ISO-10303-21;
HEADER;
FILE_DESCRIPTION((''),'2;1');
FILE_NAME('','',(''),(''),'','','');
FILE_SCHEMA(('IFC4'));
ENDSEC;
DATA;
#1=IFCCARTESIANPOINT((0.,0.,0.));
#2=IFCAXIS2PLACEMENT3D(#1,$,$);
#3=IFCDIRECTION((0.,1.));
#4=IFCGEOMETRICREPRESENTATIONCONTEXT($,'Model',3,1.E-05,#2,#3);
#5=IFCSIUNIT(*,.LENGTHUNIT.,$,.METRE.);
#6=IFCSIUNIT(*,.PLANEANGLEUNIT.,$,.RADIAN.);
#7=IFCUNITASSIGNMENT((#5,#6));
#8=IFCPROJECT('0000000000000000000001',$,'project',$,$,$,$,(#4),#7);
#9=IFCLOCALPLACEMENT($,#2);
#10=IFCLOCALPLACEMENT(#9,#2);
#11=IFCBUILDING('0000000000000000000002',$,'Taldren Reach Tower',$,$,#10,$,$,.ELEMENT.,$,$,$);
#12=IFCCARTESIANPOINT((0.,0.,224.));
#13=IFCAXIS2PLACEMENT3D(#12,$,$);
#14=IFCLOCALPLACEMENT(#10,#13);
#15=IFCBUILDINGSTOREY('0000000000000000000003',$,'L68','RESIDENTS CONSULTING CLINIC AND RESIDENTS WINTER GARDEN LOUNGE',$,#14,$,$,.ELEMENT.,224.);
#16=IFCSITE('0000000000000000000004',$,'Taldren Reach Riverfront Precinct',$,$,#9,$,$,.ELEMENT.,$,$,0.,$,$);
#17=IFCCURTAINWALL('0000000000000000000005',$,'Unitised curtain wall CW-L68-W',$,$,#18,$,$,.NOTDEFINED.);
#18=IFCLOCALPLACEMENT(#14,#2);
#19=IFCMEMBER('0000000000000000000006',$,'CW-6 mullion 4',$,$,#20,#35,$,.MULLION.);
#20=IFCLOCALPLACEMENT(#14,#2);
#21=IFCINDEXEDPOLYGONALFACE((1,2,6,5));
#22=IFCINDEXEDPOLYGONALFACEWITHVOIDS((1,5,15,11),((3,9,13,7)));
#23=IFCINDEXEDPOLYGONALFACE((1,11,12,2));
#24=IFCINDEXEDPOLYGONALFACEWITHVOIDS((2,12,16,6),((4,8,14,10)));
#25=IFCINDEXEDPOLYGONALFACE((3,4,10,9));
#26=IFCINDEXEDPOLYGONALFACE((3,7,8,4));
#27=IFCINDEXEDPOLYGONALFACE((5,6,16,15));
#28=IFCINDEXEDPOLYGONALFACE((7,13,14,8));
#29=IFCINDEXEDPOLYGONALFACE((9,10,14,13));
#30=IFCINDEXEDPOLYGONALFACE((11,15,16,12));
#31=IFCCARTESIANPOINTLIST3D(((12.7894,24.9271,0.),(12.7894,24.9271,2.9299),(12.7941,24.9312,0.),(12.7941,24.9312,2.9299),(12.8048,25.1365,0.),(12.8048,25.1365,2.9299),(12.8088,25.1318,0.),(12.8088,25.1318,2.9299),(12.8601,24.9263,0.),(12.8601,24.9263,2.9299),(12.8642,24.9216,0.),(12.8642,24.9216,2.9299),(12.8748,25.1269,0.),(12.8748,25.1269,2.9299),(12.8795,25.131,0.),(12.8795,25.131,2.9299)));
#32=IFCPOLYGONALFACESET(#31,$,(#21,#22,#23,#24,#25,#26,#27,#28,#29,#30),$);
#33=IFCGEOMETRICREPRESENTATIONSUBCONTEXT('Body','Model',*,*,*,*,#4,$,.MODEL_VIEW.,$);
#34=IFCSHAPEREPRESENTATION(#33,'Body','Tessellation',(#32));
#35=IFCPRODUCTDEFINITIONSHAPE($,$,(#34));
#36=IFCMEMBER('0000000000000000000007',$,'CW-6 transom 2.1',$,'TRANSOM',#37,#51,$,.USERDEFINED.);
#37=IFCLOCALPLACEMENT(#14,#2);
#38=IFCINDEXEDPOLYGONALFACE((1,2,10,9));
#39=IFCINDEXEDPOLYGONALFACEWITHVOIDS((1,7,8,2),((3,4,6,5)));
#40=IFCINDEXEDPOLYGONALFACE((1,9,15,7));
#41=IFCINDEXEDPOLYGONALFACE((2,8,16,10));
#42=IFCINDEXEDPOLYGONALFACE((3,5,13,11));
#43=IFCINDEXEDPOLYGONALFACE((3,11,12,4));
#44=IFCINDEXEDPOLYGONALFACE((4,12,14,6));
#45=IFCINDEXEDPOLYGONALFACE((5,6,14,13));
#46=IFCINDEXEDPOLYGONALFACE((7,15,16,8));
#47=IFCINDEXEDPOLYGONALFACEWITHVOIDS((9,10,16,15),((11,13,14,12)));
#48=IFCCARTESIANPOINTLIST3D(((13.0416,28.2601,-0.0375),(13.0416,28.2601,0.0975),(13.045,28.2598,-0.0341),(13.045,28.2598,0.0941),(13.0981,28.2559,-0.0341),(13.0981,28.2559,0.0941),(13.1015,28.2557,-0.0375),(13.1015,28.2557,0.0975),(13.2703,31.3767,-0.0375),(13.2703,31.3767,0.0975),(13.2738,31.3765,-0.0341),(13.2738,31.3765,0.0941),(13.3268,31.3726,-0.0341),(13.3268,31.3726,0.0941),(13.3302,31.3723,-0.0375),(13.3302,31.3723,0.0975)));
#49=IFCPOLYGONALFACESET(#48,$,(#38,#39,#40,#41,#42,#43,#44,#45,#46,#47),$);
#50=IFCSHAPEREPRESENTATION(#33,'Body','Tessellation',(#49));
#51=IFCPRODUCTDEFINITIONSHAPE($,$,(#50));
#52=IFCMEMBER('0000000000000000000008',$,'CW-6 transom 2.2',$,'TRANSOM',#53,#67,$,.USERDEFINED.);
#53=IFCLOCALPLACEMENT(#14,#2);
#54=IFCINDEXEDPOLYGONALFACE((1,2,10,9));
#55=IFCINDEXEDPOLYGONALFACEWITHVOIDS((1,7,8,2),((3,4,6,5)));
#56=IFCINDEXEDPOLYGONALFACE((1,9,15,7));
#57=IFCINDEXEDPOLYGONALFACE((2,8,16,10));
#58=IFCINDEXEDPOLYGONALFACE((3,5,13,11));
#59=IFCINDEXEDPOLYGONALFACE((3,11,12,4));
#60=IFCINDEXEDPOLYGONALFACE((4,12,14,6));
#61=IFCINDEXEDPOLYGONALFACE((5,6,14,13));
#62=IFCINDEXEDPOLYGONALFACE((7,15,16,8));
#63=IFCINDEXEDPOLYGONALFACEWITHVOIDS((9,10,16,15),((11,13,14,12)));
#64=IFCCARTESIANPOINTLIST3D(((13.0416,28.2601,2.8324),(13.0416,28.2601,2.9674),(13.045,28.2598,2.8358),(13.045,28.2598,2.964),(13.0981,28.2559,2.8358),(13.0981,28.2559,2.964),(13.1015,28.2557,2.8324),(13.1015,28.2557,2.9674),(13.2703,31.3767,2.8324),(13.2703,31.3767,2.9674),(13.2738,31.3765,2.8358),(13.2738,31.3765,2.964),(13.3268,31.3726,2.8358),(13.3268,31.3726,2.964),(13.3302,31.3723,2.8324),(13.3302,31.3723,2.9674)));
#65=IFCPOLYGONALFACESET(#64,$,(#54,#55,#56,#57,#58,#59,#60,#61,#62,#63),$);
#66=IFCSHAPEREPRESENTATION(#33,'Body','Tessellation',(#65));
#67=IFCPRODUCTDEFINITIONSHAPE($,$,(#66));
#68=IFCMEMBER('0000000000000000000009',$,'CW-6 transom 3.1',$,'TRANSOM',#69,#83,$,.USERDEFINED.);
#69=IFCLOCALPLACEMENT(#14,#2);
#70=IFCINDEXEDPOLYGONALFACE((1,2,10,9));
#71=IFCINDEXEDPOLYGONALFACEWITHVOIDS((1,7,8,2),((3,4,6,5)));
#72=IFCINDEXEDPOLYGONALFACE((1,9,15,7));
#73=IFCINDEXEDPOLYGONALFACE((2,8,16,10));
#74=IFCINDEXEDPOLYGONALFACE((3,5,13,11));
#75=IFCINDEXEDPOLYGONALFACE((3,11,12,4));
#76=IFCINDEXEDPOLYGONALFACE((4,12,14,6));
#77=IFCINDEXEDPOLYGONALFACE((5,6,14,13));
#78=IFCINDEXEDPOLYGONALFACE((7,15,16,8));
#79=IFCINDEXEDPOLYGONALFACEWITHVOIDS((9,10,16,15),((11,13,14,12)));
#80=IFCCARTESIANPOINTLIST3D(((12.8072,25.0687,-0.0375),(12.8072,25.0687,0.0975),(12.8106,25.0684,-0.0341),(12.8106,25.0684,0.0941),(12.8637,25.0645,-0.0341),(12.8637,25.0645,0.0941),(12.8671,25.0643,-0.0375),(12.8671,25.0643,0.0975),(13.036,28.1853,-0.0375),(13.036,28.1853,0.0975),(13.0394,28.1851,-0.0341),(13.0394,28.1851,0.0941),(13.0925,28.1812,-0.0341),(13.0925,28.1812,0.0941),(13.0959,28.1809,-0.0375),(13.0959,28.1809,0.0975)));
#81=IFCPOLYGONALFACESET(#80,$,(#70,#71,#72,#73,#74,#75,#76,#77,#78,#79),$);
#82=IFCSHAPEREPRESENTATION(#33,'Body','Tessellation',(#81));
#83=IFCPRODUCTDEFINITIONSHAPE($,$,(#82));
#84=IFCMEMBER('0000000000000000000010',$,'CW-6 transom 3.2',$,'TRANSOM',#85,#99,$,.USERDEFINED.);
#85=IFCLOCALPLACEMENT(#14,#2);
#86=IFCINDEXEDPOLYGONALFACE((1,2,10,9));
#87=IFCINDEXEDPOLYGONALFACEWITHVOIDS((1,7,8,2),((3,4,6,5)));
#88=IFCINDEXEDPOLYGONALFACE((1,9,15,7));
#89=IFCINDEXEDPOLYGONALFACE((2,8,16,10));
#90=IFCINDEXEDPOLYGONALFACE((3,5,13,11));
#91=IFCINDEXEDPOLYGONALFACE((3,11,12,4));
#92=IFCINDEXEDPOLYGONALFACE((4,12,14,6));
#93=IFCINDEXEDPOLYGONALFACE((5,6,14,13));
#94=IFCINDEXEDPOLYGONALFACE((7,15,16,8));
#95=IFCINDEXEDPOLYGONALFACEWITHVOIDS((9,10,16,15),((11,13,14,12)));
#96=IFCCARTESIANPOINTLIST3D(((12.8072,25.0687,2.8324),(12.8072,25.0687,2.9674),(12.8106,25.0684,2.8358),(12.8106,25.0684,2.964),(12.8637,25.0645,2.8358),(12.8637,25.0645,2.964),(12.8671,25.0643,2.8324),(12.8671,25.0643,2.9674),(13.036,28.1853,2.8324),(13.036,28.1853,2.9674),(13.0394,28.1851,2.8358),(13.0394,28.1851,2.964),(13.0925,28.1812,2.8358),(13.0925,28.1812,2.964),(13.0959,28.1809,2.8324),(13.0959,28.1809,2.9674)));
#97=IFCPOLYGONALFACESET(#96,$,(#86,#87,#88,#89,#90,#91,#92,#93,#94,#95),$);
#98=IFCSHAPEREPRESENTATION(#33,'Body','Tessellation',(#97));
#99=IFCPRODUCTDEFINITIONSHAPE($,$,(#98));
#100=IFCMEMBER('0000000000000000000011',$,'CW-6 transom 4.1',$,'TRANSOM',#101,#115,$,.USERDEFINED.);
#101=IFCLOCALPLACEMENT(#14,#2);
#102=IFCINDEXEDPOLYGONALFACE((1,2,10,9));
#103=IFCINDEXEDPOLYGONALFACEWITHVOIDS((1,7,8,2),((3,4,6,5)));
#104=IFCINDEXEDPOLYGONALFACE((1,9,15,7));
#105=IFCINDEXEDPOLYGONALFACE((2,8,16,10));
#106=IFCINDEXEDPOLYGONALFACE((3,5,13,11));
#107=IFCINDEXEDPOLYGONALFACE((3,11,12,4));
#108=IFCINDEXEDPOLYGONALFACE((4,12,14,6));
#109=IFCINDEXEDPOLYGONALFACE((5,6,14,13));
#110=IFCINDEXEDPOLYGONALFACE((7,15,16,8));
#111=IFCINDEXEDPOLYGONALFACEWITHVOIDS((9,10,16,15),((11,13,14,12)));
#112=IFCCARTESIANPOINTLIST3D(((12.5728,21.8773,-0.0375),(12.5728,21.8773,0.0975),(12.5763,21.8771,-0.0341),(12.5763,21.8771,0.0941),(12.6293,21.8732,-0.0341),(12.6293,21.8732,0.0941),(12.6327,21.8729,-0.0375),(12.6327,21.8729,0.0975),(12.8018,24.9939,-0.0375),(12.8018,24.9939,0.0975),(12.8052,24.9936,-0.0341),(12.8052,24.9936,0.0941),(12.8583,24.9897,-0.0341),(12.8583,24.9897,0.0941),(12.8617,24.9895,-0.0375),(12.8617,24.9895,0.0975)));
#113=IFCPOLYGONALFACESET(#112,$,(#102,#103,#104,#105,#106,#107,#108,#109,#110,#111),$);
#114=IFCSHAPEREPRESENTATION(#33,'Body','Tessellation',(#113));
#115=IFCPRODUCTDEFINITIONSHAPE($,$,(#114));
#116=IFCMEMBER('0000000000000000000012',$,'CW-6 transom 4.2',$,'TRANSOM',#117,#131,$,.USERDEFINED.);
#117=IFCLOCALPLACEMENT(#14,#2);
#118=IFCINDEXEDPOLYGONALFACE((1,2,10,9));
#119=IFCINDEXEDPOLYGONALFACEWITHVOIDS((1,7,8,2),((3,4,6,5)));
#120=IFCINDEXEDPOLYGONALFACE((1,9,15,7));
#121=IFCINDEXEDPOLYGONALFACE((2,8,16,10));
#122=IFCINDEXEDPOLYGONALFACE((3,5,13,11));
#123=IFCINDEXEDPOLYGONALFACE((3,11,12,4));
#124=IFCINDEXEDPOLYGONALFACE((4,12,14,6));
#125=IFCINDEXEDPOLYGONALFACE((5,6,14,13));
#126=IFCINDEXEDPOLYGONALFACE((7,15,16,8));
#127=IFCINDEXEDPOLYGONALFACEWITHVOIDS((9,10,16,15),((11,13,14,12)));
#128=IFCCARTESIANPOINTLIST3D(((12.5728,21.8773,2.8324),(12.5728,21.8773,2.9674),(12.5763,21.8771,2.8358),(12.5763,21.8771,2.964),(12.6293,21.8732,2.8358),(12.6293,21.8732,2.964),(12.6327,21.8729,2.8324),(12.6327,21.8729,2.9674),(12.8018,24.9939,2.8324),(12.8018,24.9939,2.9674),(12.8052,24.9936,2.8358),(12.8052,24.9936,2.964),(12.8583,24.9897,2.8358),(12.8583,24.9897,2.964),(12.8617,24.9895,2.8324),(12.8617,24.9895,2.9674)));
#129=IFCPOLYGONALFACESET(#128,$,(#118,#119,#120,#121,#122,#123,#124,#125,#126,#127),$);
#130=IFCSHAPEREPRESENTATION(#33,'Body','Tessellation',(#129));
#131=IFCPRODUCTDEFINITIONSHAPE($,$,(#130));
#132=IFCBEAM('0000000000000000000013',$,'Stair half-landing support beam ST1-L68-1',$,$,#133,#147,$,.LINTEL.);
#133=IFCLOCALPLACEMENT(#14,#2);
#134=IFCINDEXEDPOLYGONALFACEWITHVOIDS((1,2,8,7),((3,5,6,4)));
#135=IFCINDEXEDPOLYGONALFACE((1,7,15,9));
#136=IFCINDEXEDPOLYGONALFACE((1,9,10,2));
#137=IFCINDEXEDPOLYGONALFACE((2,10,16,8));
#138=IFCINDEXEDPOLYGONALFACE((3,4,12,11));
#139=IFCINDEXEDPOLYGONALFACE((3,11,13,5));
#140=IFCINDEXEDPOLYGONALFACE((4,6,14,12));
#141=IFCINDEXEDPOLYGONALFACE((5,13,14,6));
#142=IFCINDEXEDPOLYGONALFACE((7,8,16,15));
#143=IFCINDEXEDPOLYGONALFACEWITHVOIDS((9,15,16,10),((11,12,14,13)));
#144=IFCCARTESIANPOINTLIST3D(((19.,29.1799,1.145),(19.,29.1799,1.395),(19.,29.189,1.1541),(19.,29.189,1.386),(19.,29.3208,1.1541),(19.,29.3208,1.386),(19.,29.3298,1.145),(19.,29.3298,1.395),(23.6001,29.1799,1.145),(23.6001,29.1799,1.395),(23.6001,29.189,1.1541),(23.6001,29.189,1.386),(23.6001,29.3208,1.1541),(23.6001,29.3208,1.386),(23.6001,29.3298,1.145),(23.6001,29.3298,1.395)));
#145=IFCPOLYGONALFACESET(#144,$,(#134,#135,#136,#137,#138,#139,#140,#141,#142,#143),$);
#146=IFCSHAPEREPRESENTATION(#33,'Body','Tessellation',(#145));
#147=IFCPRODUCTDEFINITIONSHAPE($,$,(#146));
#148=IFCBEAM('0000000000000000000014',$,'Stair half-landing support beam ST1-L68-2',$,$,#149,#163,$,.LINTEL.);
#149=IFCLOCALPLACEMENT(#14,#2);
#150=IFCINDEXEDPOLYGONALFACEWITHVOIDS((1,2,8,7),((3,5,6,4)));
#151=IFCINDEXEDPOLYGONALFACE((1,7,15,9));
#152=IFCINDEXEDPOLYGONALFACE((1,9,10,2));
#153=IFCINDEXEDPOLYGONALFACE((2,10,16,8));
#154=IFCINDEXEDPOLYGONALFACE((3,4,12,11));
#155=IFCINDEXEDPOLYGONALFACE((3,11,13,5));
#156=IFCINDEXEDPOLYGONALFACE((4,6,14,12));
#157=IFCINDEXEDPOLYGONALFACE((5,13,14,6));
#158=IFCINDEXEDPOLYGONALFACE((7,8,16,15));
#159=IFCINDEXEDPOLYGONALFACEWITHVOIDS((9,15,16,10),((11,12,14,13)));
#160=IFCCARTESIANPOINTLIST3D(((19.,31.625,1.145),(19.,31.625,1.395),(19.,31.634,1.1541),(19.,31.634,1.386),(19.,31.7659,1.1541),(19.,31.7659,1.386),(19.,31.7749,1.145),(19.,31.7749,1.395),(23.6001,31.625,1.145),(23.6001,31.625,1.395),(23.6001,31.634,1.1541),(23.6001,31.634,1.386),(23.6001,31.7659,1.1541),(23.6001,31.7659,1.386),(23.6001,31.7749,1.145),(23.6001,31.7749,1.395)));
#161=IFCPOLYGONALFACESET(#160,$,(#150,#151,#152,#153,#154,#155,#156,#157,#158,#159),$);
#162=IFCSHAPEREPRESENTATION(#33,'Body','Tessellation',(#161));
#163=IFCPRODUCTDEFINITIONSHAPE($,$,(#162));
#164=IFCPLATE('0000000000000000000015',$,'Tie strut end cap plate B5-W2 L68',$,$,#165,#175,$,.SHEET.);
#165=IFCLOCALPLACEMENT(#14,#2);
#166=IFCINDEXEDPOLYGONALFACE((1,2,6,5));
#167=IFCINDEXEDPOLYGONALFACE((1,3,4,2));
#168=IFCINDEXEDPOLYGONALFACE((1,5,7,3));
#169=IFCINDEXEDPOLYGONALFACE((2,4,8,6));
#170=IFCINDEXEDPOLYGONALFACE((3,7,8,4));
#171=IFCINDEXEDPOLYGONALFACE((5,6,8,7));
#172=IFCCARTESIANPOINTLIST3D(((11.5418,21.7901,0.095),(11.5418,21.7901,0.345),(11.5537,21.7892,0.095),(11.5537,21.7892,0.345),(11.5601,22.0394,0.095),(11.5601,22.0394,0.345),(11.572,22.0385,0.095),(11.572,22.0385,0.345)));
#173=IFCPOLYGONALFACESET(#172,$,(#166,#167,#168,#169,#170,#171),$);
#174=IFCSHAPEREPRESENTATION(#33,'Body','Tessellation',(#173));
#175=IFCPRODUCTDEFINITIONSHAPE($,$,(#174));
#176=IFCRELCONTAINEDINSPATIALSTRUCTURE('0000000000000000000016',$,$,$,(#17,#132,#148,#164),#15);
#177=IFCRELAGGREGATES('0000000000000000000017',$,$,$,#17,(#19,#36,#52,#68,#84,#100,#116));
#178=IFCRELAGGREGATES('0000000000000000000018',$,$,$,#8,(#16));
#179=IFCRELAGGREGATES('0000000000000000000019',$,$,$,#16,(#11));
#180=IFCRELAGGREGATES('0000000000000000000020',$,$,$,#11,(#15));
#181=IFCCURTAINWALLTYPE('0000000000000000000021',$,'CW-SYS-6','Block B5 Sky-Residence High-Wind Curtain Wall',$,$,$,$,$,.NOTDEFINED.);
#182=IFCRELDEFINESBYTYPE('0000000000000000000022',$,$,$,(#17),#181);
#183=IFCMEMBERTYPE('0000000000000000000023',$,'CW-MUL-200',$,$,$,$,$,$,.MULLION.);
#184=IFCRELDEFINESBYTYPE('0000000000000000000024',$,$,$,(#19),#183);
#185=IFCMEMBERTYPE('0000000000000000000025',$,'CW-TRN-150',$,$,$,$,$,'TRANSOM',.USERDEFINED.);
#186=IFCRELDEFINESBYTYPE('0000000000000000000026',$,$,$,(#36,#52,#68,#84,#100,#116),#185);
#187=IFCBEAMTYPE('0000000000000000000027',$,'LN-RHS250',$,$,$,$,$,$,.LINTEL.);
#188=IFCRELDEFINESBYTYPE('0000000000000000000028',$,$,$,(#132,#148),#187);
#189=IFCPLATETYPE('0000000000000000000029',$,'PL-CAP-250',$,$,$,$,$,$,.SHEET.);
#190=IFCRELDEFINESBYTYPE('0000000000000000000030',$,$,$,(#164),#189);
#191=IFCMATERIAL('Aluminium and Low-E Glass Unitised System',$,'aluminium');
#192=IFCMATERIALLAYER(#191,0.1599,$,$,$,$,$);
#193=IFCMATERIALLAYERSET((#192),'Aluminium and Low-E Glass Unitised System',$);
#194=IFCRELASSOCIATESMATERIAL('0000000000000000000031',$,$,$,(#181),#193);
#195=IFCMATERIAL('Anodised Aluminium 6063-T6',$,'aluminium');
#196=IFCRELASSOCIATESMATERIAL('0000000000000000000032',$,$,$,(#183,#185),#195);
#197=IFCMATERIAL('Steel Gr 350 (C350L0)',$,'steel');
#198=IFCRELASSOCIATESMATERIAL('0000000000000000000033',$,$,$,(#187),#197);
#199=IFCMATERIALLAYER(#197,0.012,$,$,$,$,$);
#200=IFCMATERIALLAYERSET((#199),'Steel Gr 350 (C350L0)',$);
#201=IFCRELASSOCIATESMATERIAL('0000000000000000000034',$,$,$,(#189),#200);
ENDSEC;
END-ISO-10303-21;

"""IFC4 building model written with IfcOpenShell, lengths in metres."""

from ifc_helpers import new_model, si_unit, direction, frame, origin, origin_2d, place, context, subcontext, project, spatial, rectangle, hollow_rectangle, extrude, source, transform, mapped, material, layer, layer_set, material_profile, profile_set, type_object, element, aggregate, save


model = new_model("IFC4")

# Units and contexts
model_context = context("Model", 3, precision=1e-05, world=origin(), true_north=direction((0.0, 1.0)))
body_context = subcontext(model_context, "Body", "Model", "MODEL_VIEW")
ifc_project = project(units=[si_unit("LENGTHUNIT", "METRE"), si_unit("PLANEANGLEUNIT", "RADIAN")], contexts=[model_context])

# Site, building, storey
site_placement = place(None, origin())
site = spatial("IfcSite", under=ifc_project, at=site_placement, Name="Taldren Reach Riverfront Precinct", CompositionType="ELEMENT", RefElevation=0.0)
building_placement = place(site_placement, origin())
building = spatial("IfcBuilding", under=site, at=building_placement, Name="Taldren Reach Tower", CompositionType="ELEMENT")
storey_placement = place(building_placement, frame((0.0, 0.0, 224.0)))
storey = spatial("IfcBuildingStorey", under=building, at=storey_placement, Name="L68", Description="RESIDENTS CONSULTING CLINIC AND RESIDENTS WINTER GARDEN LOUNGE", CompositionType="ELEMENT", Elevation=224.0)

# Shared definitions
ifc_material_1 = material(Name="Steel Gr 350 (C350L0)", Category="steel")

# Curtain wall, members
ifc_material_2 = material(Name="Aluminium and Low-E Glass Unitised System", Category="aluminium")
ifc_layer_1 = layer(ifc_material_2, 0.1599)
ifc_layer_set_1 = layer_set([ifc_layer_1], Name="Aluminium and Low-E Glass Unitised System")
curtain_wall_type = type_object("IfcCurtainWallType", Name="CW-SYS-6", Description="Block B5 Sky-Residence High-Wind Curtain Wall", PredefinedType="NOTDEFINED", material=ifc_layer_set_1)
curtain_wall_placement = place(storey_placement, origin())
curtain_wall = element("IfcCurtainWall", 1, at=curtain_wall_placement, inside=storey, type_object=curtain_wall_type, Name="Unitised curtain wall CW-L68-W", PredefinedType="NOTDEFINED")
ifc_material_3 = material(Name="Anodised Aluminium 6063-T6", Category="aluminium")
ifc_material_profile_1 = material_profile(ifc_material_3, hollow_rectangle(XDim=0.075, YDim=0.21, WallThickness=0.0044, at=origin_2d()), Name="ALU-210x75x4.5RHS")
ifc_profile_set_1 = profile_set([ifc_material_profile_1], Name="Anodised Aluminium 6063-T6")
member_type_1 = type_object("IfcMemberType", Name="CW-MUL-200", PredefinedType="MULLION", material=ifc_profile_set_1)
shared_shape_1 = source(origin(), body_context, "Body", "SweptSolid", [
    extrude(hollow_rectangle(XDim=0.075, YDim=0.21, WallThickness=0.0044, at=origin_2d()), origin(), (0.0, 0.0, 1.0), 2.9299),
])
member_1_placement = place(storey_placement, frame((12.8345, 25.0291, 0.0), z_axis=(0.0, 0.0, 1.0), x_axis=(0.997314, -0.073238, 0.0)))
member_1 = element("IfcMember", 2, at=member_1_placement, type_object=member_type_1, Name="CW-6 mullion 4", PredefinedType="MULLION", context=body_context, shape_type="MappedRepresentation", body=[
    mapped(shared_shape_1, transform((0.0, 0.0, 0.0), scale=1.0)),
])
ifc_material_profile_2 = material_profile(ifc_material_3, hollow_rectangle(XDim=0.0601, YDim=0.135, WallThickness=0.0034, at=origin_2d()), Name="ALU-135x60x3.5RHS")
ifc_profile_set_2 = profile_set([ifc_material_profile_2], Name="Anodised Aluminium 6063-T6")
member_type_2 = type_object("IfcMemberType", Name="CW-TRN-150", ElementType="TRANSOM", PredefinedType="USERDEFINED", material=ifc_profile_set_2)
shared_shape_2 = source(origin(), body_context, "Body", "SweptSolid", [
    extrude(hollow_rectangle(XDim=0.0601, YDim=0.135, WallThickness=0.0034, at=origin_2d()), origin(), (0.0, 0.0, 1.0), 3.125),
])
member_2_placement = place(storey_placement, frame((13.3003, 31.3745, 0.03), z_axis=(-0.073201, -0.997317, 0.0), x_axis=(0.997317, -0.073201, 0.0)))
member_2 = element("IfcMember", 3, at=member_2_placement, type_object=member_type_2, Name="CW-6 transom 2.1", ObjectType="TRANSOM", PredefinedType="USERDEFINED", context=body_context, shape_type="MappedRepresentation", body=[
    mapped(shared_shape_2, transform((0.0, 0.0, 0.0), scale=1.0)),
])
member_3_placement = place(storey_placement, frame((13.3003, 31.3745, 2.8999), z_axis=(-0.073201, -0.997317, 0.0), x_axis=(0.997317, -0.073201, 0.0)))
member_3 = element("IfcMember", 4, at=member_3_placement, type_object=member_type_2, Name="CW-6 transom 2.2", ObjectType="TRANSOM", PredefinedType="USERDEFINED", context=body_context, shape_type="MappedRepresentation", body=[
    mapped(shared_shape_2, transform((0.0, 0.0, 0.0), scale=1.0)),
])
member_4_placement = place(storey_placement, frame((13.0659, 28.1831, 0.03), z_axis=(-0.073201, -0.997317, 0.0), x_axis=(0.997317, -0.073201, 0.0)))
member_4 = element("IfcMember", 5, at=member_4_placement, type_object=member_type_2, Name="CW-6 transom 3.1", ObjectType="TRANSOM", PredefinedType="USERDEFINED", context=body_context, shape_type="MappedRepresentation", body=[
    mapped(shared_shape_2, transform((0.0, 0.0, 0.0), scale=1.0)),
])
member_5_placement = place(storey_placement, frame((13.0659, 28.1831, 2.8999), z_axis=(-0.073201, -0.997317, 0.0), x_axis=(0.997317, -0.073201, 0.0)))
member_5 = element("IfcMember", 6, at=member_5_placement, type_object=member_type_2, Name="CW-6 transom 3.2", ObjectType="TRANSOM", PredefinedType="USERDEFINED", context=body_context, shape_type="MappedRepresentation", body=[
    mapped(shared_shape_2, transform((0.0, 0.0, 0.0), scale=1.0)),
])
member_6_placement = place(storey_placement, frame((12.8318, 24.9917, 0.03), z_axis=(-0.073279, -0.997311, 0.0), x_axis=(0.997311, -0.073279, 0.0)))
member_6 = element("IfcMember", 7, at=member_6_placement, type_object=member_type_2, Name="CW-6 transom 4.1", ObjectType="TRANSOM", PredefinedType="USERDEFINED", context=body_context, shape_type="MappedRepresentation", body=[
    mapped(shared_shape_2, transform((0.0, 0.0, 0.0), scale=1.0)),
])
member_7_placement = place(storey_placement, frame((12.8318, 24.9917, 2.8999), z_axis=(-0.073279, -0.997311, 0.0), x_axis=(0.997311, -0.073279, 0.0)))
member_7 = element("IfcMember", 8, at=member_7_placement, type_object=member_type_2, Name="CW-6 transom 4.2", ObjectType="TRANSOM", PredefinedType="USERDEFINED", context=body_context, shape_type="MappedRepresentation", body=[
    mapped(shared_shape_2, transform((0.0, 0.0, 0.0), scale=1.0)),
])

# Beams
ifc_material_profile_3 = material_profile(ifc_material_1, hollow_rectangle(XDim=0.1499, YDim=0.25, WallThickness=0.009, at=origin_2d()), Name="250x150x9.0RHS")
ifc_profile_set_3 = profile_set([ifc_material_profile_3], Name="Steel Gr 350 (C350L0)")
beam_type_1 = type_object("IfcBeamType", Name="LN-RHS250", PredefinedType="LINTEL", material=ifc_profile_set_3)
shared_shape_3 = source(origin(), body_context, "Body", "SweptSolid", [
    extrude(hollow_rectangle(XDim=0.1499, YDim=0.25, WallThickness=0.009, at=origin_2d()), origin(), (0.0, 0.0, 1.0), 4.6001),
])
for number, where, z_axis, x_axis, name in (
    (9, (19.0, 29.2549, 1.27), (1.0, 0.0, 0.0), (0.0, 1.0, 0.0), "Stair half-landing support beam ST1-L68-1"),
    (10, (19.0, 31.7, 1.27), (1.0, 0.0, 0.0), (0.0, 1.0, 0.0), "Stair half-landing support beam ST1-L68-2"),
):
    element("IfcBeam", number, at=place(storey_placement, frame(where, z_axis=z_axis, x_axis=x_axis)), inside=storey, type_object=beam_type_1, Name=name, PredefinedType="LINTEL", context=body_context, shape_type="MappedRepresentation", body=[
        mapped(shared_shape_3, transform((0.0, 0.0, 0.0), scale=1.0)),
    ])

# Plate
ifc_layer_2 = layer(ifc_material_1, 0.012)
ifc_layer_set_2 = layer_set([ifc_layer_2], Name="Steel Gr 350 (C350L0)")
plate_type_1 = type_object("IfcPlateType", Name="PL-CAP-250", PredefinedType="SHEET", material=ifc_layer_set_2)
shared_shape_4 = source(origin(), body_context, "Body", "SweptSolid", [
    extrude(rectangle(XDim=0.012, YDim=0.25, at=origin_2d()), origin(), (0.0, 0.0, 1.0), 0.25),
])
plate_1_placement = place(storey_placement, frame((11.5569, 21.9143, 0.095), z_axis=(0.0, 0.0, 1.0), x_axis=(0.997314, -0.073238, 0.0)))
element("IfcPlate", 11, at=plate_1_placement, inside=storey, type_object=plate_type_1, Name="Tie strut end cap plate B5-W2 L68", PredefinedType="SHEET", context=body_context, shape_type="MappedRepresentation", body=[
    mapped(shared_shape_4, transform((0.0, 0.0, 0.0), scale=1.0)),
])
aggregate(curtain_wall, [member_1, member_2, member_3, member_4, member_5, member_6, member_7])

save(model, "model.ifc")
